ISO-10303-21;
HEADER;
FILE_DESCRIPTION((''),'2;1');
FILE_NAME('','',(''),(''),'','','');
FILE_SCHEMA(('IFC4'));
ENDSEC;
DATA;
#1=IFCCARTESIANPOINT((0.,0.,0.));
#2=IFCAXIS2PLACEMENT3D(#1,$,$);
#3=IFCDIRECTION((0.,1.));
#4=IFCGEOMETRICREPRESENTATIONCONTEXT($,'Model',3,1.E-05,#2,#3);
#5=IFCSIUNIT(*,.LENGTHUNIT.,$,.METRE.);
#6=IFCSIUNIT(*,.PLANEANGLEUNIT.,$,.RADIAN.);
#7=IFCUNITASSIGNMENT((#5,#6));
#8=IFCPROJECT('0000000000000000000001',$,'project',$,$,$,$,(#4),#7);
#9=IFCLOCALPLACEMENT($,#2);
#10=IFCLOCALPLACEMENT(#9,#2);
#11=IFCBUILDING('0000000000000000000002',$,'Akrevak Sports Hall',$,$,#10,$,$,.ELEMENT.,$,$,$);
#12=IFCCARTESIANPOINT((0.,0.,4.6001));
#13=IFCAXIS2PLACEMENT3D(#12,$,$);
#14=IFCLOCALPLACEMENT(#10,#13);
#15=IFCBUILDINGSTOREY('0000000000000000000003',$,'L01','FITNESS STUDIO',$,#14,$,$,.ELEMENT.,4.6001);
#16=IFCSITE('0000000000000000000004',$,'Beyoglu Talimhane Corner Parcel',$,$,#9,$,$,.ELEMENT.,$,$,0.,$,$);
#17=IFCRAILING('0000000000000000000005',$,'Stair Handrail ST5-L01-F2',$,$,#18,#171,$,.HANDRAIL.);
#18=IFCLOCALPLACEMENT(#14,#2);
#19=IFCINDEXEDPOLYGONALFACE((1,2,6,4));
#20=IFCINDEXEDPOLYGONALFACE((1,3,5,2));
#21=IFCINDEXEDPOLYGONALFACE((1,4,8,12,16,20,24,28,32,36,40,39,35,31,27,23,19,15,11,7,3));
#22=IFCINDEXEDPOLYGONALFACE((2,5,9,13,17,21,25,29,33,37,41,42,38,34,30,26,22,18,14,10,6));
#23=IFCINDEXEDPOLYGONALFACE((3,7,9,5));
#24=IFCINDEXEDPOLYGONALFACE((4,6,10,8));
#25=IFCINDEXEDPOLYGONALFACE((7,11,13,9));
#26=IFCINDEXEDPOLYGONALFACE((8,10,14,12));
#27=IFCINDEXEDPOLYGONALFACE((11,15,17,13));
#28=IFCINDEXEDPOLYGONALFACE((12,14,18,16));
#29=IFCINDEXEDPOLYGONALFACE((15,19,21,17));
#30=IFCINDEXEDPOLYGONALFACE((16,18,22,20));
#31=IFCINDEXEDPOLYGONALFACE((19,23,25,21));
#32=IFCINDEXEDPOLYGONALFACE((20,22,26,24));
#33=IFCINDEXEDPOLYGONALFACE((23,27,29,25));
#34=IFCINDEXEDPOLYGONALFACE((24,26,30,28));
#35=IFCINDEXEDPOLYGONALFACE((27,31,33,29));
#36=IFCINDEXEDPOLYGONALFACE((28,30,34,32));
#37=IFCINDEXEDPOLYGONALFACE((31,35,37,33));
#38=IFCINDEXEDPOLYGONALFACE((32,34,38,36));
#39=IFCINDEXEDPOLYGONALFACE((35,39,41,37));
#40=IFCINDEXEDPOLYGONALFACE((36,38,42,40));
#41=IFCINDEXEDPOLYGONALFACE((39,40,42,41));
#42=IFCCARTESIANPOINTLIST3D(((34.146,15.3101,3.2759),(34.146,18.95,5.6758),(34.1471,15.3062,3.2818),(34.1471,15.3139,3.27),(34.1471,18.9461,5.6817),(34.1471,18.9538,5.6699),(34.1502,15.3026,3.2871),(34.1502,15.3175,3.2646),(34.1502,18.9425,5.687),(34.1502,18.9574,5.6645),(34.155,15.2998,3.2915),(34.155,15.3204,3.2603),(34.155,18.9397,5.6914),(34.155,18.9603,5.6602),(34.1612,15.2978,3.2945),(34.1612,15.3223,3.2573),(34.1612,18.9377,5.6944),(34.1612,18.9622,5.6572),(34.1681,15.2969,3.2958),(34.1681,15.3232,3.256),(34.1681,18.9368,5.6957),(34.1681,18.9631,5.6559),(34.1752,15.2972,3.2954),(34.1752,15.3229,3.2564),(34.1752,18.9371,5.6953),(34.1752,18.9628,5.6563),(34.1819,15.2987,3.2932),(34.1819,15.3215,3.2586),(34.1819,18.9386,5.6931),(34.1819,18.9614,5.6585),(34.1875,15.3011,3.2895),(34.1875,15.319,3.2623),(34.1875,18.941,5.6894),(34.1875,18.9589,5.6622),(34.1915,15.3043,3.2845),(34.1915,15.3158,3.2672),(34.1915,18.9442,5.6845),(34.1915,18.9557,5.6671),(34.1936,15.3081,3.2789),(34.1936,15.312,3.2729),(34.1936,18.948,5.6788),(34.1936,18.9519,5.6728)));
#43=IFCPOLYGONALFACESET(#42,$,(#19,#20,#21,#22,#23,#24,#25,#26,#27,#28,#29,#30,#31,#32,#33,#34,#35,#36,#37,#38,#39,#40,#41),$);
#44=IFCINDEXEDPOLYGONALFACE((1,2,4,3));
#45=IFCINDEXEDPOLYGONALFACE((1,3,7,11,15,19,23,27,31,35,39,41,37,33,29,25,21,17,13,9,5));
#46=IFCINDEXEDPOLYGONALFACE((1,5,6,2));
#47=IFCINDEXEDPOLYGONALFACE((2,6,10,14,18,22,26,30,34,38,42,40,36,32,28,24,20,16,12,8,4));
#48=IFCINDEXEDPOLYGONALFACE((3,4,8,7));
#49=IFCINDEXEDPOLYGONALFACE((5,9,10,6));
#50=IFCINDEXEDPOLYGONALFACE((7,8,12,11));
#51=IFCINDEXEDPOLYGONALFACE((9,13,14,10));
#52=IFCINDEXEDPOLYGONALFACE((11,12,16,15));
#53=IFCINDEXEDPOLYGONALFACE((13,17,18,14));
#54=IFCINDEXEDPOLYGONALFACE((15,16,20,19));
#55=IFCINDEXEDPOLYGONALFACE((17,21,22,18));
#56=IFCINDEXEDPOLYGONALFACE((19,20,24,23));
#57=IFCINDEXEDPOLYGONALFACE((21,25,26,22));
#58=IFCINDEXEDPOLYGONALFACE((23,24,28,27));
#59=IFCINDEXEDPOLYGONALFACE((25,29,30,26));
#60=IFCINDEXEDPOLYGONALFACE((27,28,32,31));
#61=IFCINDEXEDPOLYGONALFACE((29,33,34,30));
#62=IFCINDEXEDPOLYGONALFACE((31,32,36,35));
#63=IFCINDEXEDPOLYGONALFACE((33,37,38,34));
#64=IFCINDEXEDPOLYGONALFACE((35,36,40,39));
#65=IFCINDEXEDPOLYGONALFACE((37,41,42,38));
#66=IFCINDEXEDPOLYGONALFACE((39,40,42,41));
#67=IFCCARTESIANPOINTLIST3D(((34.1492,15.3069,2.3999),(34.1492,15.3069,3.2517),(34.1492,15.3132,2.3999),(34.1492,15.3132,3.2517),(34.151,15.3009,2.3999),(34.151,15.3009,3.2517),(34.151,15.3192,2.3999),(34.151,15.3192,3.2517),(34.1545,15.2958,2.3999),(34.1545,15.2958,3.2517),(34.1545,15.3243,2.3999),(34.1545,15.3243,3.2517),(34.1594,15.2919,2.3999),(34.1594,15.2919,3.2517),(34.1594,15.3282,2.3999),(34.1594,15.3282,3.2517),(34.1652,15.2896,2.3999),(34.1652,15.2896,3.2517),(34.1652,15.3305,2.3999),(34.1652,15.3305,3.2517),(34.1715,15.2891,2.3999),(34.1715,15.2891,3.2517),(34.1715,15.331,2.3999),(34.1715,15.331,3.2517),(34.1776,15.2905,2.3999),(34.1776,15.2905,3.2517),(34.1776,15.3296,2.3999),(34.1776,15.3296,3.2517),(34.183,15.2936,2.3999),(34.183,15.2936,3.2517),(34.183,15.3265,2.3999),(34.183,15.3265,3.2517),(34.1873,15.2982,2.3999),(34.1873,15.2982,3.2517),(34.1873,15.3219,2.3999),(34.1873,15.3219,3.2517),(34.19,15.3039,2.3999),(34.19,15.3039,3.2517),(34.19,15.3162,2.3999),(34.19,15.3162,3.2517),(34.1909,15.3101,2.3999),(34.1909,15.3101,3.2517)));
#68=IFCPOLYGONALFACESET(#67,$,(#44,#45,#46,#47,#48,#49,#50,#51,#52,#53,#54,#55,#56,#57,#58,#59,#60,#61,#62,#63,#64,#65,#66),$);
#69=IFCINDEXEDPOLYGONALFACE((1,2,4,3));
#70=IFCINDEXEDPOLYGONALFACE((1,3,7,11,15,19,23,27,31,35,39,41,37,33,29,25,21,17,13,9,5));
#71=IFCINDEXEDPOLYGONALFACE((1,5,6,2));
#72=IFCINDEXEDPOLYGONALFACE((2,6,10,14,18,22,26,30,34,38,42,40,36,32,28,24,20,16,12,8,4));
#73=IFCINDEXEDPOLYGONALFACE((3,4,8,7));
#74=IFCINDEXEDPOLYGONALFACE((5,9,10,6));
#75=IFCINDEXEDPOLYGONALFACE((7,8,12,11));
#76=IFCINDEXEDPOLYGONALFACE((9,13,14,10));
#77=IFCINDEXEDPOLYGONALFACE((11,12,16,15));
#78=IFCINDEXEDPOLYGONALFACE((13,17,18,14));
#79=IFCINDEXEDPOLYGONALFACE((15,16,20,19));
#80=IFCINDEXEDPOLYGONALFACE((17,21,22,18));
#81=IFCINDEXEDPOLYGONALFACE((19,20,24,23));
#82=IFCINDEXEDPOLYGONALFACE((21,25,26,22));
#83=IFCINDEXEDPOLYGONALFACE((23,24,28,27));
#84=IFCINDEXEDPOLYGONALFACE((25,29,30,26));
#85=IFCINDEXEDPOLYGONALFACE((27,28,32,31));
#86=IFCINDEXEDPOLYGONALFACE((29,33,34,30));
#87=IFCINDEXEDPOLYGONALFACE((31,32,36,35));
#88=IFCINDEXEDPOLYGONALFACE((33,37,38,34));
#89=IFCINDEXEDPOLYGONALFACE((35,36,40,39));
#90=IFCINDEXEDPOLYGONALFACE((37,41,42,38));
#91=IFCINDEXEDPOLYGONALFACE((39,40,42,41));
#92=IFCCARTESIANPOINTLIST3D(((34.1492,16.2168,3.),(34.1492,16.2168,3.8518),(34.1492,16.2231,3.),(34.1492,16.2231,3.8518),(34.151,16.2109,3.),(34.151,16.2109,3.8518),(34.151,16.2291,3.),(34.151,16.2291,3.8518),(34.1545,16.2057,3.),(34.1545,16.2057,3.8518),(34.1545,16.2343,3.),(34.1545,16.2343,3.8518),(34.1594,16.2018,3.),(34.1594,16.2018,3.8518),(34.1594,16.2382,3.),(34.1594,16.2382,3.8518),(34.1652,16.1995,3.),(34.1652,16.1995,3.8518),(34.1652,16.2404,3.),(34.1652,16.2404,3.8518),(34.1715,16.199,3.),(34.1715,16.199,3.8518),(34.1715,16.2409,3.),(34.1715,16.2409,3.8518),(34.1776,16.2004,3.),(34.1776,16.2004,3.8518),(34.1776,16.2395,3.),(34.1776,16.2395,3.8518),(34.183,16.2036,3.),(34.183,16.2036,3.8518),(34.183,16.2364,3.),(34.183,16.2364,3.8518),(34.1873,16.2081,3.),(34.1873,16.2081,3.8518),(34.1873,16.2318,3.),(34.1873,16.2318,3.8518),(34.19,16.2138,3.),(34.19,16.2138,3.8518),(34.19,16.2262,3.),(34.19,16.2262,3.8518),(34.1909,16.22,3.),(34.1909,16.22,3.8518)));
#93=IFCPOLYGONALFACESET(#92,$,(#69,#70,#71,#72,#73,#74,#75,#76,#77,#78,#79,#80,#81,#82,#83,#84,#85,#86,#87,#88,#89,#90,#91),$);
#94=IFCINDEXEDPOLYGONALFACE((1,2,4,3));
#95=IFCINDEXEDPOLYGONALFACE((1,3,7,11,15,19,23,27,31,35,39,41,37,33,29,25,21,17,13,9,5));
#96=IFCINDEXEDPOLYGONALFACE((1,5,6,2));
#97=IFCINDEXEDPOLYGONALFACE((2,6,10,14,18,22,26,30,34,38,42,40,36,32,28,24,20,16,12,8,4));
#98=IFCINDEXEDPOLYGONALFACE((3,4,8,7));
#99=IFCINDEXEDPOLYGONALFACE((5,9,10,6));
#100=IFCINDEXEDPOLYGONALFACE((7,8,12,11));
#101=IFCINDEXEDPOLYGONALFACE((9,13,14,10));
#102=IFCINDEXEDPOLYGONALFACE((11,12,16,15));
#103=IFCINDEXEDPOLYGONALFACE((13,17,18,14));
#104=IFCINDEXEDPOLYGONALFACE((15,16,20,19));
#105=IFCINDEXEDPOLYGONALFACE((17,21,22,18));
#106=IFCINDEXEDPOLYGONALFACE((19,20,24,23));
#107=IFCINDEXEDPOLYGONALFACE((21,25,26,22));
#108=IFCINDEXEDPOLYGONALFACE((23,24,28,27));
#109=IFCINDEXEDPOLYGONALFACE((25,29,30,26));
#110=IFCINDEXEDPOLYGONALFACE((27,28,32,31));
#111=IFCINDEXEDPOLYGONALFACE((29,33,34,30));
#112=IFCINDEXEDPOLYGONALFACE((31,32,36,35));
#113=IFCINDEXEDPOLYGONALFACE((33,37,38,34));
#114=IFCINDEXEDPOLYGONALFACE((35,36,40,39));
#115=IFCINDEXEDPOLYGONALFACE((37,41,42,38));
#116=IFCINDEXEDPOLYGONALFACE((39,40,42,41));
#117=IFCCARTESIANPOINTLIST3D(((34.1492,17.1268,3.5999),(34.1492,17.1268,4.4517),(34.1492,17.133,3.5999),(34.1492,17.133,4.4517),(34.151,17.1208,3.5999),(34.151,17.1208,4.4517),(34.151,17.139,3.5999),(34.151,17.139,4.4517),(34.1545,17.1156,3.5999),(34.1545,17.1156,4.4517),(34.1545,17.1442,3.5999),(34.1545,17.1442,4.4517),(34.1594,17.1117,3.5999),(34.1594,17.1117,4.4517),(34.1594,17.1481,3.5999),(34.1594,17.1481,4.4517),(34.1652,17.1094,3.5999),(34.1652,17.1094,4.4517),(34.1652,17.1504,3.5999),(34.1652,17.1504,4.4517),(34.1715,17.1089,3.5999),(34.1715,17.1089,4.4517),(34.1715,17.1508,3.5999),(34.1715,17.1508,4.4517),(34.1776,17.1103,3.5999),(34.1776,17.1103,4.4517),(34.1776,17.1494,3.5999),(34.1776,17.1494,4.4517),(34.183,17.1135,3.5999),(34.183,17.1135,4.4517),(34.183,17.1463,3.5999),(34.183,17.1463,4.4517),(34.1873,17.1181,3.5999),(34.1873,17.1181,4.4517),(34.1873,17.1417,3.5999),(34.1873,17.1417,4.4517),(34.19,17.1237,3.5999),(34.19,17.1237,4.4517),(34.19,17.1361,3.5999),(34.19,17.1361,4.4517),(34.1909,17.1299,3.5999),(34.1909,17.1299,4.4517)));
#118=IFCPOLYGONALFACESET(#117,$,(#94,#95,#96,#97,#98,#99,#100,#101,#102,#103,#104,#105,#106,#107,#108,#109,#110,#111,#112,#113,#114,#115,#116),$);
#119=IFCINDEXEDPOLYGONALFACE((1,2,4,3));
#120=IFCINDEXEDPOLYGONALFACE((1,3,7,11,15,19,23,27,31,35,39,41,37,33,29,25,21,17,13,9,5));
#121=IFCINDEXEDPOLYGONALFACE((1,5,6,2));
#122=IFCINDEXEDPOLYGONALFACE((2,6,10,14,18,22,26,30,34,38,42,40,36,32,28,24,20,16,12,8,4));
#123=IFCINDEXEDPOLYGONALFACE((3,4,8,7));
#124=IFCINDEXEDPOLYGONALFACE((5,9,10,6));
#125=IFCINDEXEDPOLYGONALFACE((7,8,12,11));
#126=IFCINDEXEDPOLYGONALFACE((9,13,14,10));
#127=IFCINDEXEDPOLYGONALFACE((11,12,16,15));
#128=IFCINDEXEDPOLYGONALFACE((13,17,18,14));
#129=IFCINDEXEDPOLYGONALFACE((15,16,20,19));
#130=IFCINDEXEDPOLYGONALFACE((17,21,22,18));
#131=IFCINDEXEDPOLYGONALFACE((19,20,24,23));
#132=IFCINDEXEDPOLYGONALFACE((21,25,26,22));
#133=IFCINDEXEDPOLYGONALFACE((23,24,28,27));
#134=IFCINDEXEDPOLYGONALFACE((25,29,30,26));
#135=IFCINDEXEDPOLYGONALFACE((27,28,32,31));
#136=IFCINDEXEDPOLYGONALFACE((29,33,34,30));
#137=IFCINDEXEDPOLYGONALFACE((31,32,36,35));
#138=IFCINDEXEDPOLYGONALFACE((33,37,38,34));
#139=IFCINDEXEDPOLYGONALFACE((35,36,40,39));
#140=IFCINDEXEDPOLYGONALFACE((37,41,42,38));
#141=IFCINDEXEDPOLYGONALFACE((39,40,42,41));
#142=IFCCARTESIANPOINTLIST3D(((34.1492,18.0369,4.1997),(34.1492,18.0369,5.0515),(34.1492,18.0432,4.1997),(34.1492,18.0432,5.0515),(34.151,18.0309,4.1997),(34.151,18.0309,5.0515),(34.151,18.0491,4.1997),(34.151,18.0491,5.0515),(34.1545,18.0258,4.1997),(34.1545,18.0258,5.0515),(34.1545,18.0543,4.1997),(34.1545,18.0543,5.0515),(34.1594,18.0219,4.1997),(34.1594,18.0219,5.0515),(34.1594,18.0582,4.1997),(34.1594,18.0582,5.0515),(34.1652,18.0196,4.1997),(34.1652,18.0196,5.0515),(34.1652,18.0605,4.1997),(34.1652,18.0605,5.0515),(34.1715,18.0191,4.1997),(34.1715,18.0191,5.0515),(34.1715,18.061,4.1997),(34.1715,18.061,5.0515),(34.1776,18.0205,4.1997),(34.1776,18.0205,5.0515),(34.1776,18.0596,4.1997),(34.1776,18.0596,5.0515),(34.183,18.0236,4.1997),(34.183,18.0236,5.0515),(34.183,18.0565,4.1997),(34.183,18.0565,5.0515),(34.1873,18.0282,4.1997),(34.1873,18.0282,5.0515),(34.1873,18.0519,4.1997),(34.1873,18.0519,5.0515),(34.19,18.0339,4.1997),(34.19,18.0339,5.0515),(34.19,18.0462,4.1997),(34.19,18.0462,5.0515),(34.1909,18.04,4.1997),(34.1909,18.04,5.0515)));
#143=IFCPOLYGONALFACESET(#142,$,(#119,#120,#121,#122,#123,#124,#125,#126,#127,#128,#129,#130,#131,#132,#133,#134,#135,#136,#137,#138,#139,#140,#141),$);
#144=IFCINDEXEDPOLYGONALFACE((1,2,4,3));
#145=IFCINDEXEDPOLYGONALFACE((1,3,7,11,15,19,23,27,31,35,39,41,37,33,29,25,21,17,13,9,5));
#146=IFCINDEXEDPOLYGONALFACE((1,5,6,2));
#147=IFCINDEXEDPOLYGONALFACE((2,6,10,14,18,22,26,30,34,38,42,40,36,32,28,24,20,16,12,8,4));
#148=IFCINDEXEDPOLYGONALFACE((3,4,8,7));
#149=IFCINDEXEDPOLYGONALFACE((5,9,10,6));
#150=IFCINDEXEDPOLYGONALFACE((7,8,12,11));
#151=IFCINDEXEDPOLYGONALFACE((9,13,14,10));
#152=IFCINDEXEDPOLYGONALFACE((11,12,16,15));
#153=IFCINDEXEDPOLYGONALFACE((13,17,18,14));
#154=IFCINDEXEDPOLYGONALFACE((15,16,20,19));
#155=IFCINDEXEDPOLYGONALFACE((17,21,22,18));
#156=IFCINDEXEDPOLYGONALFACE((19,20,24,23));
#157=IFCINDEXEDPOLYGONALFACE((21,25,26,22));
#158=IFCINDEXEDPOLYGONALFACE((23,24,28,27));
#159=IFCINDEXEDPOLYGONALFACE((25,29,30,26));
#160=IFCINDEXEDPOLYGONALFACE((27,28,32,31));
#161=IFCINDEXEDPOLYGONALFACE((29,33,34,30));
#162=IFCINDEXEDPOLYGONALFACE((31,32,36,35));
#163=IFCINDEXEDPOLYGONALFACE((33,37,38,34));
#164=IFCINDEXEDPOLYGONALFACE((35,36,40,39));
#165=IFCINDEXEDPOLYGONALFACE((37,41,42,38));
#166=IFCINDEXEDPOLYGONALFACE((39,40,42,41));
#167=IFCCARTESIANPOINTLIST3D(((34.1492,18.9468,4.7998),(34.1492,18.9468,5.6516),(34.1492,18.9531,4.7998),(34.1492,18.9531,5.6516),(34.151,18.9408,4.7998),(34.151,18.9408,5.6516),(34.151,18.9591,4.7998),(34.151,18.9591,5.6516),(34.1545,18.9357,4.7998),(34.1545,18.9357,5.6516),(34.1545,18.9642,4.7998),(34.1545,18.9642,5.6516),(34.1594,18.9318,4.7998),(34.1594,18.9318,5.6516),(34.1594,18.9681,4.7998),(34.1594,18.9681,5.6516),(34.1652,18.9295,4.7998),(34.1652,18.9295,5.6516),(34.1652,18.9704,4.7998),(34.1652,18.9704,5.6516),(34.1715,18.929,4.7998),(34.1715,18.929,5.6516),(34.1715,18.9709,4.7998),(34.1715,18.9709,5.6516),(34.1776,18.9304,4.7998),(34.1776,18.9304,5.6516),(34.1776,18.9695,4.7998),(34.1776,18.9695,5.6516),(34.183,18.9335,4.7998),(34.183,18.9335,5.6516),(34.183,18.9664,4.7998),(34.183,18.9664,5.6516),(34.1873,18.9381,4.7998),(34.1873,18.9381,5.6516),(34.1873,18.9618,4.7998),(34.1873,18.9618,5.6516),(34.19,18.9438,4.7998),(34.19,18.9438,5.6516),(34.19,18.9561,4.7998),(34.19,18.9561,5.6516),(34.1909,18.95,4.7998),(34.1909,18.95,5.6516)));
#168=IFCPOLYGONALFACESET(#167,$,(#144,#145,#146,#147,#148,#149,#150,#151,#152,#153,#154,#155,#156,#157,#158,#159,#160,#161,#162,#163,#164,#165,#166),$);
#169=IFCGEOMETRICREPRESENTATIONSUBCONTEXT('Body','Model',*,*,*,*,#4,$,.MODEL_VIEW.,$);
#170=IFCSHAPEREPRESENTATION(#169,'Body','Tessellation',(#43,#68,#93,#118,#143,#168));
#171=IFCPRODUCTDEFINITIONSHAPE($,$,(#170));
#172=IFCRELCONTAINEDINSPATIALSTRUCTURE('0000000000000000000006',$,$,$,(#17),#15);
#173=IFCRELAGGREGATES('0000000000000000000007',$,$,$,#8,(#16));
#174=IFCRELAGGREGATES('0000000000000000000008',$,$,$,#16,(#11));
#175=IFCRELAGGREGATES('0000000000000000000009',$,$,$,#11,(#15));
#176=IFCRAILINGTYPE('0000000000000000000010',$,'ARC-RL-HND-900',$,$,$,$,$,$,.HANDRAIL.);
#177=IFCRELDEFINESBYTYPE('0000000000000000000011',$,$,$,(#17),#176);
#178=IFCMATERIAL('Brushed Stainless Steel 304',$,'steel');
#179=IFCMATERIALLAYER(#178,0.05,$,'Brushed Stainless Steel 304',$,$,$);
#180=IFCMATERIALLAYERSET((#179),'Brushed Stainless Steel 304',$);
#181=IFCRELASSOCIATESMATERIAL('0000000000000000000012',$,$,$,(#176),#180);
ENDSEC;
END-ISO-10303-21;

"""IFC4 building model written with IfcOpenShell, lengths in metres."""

from ifc_helpers import new_model, si_unit, direction, frame, origin, origin_2d, place, context, subcontext, project, spatial, circle, extrude, material, layer, layer_set, type_object, element, save


model = new_model("IFC4")

# Units and contexts
model_context = context("Model", 3, precision=1e-05, world=origin(), true_north=direction((0.0, 1.0)))
body_context = subcontext(model_context, "Body", "Model", "MODEL_VIEW")
ifc_project = project(units=[si_unit("LENGTHUNIT", "METRE"), si_unit("PLANEANGLEUNIT", "RADIAN")], contexts=[model_context])

# Site, building, storey
site_placement = place(None, origin())
site = spatial("IfcSite", under=ifc_project, at=site_placement, Name="Beyoglu Talimhane Corner Parcel", CompositionType="ELEMENT", RefElevation=0.0)
building_placement = place(site_placement, origin())
building = spatial("IfcBuilding", under=site, at=building_placement, Name="Akrevak Sports Hall", CompositionType="ELEMENT")
storey_placement = place(building_placement, frame((0.0, 0.0, 4.6001)))
storey = spatial("IfcBuildingStorey", under=building, at=storey_placement, Name="L01", Description="FITNESS STUDIO", CompositionType="ELEMENT", Elevation=4.6001)

# Railing
ifc_material_1 = material(Name="Brushed Stainless Steel 304", Category="steel")
ifc_layer_1 = layer(ifc_material_1, 0.05, Name="Brushed Stainless Steel 304")
ifc_layer_set_1 = layer_set([ifc_layer_1], Name="Brushed Stainless Steel 304")
railing_type_1 = type_object("IfcRailingType", Name="ARC-RL-HND-900", PredefinedType="HANDRAIL", material=ifc_layer_set_1)
railing_1_placement = place(storey_placement, frame((34.1699, 15.3101, 2.3999)))
element("IfcRailing", 1, at=railing_1_placement, inside=storey, type_object=railing_type_1, Name="Stair Handrail ST5-L01-F2", PredefinedType="HANDRAIL", context=body_context, shape_type="SweptSolid", body=[
    extrude(circle(Radius=0.0239, at=origin_2d()), frame((0.0, 0.0, 0.876), z_axis=(0.0, 0.834865, 0.550454), x_axis=(-1.0, 0.0, 0.0)), (0.0, 0.0, 1.0), 4.3599),
    extrude(circle(Radius=0.021, at=origin_2d()), origin(), (0.0, 0.0, 1.0), 0.8518),
    extrude(circle(Radius=0.021, at=origin_2d()), frame((0.0, 0.9099, 0.6001)), (0.0, 0.0, 1.0), 0.8518),
    extrude(circle(Radius=0.021, at=origin_2d()), frame((0.0, 1.8198, 1.2)), (0.0, 0.0, 1.0), 0.8518),
    extrude(circle(Radius=0.021, at=origin_2d()), frame((0.0, 2.73, 1.7998)), (0.0, 0.0, 1.0), 0.8518),
    extrude(circle(Radius=0.021, at=origin_2d()), frame((0.0, 3.6399, 2.3999)), (0.0, 0.0, 1.0), 0.8518),
])

save(model, "model.ifc")
